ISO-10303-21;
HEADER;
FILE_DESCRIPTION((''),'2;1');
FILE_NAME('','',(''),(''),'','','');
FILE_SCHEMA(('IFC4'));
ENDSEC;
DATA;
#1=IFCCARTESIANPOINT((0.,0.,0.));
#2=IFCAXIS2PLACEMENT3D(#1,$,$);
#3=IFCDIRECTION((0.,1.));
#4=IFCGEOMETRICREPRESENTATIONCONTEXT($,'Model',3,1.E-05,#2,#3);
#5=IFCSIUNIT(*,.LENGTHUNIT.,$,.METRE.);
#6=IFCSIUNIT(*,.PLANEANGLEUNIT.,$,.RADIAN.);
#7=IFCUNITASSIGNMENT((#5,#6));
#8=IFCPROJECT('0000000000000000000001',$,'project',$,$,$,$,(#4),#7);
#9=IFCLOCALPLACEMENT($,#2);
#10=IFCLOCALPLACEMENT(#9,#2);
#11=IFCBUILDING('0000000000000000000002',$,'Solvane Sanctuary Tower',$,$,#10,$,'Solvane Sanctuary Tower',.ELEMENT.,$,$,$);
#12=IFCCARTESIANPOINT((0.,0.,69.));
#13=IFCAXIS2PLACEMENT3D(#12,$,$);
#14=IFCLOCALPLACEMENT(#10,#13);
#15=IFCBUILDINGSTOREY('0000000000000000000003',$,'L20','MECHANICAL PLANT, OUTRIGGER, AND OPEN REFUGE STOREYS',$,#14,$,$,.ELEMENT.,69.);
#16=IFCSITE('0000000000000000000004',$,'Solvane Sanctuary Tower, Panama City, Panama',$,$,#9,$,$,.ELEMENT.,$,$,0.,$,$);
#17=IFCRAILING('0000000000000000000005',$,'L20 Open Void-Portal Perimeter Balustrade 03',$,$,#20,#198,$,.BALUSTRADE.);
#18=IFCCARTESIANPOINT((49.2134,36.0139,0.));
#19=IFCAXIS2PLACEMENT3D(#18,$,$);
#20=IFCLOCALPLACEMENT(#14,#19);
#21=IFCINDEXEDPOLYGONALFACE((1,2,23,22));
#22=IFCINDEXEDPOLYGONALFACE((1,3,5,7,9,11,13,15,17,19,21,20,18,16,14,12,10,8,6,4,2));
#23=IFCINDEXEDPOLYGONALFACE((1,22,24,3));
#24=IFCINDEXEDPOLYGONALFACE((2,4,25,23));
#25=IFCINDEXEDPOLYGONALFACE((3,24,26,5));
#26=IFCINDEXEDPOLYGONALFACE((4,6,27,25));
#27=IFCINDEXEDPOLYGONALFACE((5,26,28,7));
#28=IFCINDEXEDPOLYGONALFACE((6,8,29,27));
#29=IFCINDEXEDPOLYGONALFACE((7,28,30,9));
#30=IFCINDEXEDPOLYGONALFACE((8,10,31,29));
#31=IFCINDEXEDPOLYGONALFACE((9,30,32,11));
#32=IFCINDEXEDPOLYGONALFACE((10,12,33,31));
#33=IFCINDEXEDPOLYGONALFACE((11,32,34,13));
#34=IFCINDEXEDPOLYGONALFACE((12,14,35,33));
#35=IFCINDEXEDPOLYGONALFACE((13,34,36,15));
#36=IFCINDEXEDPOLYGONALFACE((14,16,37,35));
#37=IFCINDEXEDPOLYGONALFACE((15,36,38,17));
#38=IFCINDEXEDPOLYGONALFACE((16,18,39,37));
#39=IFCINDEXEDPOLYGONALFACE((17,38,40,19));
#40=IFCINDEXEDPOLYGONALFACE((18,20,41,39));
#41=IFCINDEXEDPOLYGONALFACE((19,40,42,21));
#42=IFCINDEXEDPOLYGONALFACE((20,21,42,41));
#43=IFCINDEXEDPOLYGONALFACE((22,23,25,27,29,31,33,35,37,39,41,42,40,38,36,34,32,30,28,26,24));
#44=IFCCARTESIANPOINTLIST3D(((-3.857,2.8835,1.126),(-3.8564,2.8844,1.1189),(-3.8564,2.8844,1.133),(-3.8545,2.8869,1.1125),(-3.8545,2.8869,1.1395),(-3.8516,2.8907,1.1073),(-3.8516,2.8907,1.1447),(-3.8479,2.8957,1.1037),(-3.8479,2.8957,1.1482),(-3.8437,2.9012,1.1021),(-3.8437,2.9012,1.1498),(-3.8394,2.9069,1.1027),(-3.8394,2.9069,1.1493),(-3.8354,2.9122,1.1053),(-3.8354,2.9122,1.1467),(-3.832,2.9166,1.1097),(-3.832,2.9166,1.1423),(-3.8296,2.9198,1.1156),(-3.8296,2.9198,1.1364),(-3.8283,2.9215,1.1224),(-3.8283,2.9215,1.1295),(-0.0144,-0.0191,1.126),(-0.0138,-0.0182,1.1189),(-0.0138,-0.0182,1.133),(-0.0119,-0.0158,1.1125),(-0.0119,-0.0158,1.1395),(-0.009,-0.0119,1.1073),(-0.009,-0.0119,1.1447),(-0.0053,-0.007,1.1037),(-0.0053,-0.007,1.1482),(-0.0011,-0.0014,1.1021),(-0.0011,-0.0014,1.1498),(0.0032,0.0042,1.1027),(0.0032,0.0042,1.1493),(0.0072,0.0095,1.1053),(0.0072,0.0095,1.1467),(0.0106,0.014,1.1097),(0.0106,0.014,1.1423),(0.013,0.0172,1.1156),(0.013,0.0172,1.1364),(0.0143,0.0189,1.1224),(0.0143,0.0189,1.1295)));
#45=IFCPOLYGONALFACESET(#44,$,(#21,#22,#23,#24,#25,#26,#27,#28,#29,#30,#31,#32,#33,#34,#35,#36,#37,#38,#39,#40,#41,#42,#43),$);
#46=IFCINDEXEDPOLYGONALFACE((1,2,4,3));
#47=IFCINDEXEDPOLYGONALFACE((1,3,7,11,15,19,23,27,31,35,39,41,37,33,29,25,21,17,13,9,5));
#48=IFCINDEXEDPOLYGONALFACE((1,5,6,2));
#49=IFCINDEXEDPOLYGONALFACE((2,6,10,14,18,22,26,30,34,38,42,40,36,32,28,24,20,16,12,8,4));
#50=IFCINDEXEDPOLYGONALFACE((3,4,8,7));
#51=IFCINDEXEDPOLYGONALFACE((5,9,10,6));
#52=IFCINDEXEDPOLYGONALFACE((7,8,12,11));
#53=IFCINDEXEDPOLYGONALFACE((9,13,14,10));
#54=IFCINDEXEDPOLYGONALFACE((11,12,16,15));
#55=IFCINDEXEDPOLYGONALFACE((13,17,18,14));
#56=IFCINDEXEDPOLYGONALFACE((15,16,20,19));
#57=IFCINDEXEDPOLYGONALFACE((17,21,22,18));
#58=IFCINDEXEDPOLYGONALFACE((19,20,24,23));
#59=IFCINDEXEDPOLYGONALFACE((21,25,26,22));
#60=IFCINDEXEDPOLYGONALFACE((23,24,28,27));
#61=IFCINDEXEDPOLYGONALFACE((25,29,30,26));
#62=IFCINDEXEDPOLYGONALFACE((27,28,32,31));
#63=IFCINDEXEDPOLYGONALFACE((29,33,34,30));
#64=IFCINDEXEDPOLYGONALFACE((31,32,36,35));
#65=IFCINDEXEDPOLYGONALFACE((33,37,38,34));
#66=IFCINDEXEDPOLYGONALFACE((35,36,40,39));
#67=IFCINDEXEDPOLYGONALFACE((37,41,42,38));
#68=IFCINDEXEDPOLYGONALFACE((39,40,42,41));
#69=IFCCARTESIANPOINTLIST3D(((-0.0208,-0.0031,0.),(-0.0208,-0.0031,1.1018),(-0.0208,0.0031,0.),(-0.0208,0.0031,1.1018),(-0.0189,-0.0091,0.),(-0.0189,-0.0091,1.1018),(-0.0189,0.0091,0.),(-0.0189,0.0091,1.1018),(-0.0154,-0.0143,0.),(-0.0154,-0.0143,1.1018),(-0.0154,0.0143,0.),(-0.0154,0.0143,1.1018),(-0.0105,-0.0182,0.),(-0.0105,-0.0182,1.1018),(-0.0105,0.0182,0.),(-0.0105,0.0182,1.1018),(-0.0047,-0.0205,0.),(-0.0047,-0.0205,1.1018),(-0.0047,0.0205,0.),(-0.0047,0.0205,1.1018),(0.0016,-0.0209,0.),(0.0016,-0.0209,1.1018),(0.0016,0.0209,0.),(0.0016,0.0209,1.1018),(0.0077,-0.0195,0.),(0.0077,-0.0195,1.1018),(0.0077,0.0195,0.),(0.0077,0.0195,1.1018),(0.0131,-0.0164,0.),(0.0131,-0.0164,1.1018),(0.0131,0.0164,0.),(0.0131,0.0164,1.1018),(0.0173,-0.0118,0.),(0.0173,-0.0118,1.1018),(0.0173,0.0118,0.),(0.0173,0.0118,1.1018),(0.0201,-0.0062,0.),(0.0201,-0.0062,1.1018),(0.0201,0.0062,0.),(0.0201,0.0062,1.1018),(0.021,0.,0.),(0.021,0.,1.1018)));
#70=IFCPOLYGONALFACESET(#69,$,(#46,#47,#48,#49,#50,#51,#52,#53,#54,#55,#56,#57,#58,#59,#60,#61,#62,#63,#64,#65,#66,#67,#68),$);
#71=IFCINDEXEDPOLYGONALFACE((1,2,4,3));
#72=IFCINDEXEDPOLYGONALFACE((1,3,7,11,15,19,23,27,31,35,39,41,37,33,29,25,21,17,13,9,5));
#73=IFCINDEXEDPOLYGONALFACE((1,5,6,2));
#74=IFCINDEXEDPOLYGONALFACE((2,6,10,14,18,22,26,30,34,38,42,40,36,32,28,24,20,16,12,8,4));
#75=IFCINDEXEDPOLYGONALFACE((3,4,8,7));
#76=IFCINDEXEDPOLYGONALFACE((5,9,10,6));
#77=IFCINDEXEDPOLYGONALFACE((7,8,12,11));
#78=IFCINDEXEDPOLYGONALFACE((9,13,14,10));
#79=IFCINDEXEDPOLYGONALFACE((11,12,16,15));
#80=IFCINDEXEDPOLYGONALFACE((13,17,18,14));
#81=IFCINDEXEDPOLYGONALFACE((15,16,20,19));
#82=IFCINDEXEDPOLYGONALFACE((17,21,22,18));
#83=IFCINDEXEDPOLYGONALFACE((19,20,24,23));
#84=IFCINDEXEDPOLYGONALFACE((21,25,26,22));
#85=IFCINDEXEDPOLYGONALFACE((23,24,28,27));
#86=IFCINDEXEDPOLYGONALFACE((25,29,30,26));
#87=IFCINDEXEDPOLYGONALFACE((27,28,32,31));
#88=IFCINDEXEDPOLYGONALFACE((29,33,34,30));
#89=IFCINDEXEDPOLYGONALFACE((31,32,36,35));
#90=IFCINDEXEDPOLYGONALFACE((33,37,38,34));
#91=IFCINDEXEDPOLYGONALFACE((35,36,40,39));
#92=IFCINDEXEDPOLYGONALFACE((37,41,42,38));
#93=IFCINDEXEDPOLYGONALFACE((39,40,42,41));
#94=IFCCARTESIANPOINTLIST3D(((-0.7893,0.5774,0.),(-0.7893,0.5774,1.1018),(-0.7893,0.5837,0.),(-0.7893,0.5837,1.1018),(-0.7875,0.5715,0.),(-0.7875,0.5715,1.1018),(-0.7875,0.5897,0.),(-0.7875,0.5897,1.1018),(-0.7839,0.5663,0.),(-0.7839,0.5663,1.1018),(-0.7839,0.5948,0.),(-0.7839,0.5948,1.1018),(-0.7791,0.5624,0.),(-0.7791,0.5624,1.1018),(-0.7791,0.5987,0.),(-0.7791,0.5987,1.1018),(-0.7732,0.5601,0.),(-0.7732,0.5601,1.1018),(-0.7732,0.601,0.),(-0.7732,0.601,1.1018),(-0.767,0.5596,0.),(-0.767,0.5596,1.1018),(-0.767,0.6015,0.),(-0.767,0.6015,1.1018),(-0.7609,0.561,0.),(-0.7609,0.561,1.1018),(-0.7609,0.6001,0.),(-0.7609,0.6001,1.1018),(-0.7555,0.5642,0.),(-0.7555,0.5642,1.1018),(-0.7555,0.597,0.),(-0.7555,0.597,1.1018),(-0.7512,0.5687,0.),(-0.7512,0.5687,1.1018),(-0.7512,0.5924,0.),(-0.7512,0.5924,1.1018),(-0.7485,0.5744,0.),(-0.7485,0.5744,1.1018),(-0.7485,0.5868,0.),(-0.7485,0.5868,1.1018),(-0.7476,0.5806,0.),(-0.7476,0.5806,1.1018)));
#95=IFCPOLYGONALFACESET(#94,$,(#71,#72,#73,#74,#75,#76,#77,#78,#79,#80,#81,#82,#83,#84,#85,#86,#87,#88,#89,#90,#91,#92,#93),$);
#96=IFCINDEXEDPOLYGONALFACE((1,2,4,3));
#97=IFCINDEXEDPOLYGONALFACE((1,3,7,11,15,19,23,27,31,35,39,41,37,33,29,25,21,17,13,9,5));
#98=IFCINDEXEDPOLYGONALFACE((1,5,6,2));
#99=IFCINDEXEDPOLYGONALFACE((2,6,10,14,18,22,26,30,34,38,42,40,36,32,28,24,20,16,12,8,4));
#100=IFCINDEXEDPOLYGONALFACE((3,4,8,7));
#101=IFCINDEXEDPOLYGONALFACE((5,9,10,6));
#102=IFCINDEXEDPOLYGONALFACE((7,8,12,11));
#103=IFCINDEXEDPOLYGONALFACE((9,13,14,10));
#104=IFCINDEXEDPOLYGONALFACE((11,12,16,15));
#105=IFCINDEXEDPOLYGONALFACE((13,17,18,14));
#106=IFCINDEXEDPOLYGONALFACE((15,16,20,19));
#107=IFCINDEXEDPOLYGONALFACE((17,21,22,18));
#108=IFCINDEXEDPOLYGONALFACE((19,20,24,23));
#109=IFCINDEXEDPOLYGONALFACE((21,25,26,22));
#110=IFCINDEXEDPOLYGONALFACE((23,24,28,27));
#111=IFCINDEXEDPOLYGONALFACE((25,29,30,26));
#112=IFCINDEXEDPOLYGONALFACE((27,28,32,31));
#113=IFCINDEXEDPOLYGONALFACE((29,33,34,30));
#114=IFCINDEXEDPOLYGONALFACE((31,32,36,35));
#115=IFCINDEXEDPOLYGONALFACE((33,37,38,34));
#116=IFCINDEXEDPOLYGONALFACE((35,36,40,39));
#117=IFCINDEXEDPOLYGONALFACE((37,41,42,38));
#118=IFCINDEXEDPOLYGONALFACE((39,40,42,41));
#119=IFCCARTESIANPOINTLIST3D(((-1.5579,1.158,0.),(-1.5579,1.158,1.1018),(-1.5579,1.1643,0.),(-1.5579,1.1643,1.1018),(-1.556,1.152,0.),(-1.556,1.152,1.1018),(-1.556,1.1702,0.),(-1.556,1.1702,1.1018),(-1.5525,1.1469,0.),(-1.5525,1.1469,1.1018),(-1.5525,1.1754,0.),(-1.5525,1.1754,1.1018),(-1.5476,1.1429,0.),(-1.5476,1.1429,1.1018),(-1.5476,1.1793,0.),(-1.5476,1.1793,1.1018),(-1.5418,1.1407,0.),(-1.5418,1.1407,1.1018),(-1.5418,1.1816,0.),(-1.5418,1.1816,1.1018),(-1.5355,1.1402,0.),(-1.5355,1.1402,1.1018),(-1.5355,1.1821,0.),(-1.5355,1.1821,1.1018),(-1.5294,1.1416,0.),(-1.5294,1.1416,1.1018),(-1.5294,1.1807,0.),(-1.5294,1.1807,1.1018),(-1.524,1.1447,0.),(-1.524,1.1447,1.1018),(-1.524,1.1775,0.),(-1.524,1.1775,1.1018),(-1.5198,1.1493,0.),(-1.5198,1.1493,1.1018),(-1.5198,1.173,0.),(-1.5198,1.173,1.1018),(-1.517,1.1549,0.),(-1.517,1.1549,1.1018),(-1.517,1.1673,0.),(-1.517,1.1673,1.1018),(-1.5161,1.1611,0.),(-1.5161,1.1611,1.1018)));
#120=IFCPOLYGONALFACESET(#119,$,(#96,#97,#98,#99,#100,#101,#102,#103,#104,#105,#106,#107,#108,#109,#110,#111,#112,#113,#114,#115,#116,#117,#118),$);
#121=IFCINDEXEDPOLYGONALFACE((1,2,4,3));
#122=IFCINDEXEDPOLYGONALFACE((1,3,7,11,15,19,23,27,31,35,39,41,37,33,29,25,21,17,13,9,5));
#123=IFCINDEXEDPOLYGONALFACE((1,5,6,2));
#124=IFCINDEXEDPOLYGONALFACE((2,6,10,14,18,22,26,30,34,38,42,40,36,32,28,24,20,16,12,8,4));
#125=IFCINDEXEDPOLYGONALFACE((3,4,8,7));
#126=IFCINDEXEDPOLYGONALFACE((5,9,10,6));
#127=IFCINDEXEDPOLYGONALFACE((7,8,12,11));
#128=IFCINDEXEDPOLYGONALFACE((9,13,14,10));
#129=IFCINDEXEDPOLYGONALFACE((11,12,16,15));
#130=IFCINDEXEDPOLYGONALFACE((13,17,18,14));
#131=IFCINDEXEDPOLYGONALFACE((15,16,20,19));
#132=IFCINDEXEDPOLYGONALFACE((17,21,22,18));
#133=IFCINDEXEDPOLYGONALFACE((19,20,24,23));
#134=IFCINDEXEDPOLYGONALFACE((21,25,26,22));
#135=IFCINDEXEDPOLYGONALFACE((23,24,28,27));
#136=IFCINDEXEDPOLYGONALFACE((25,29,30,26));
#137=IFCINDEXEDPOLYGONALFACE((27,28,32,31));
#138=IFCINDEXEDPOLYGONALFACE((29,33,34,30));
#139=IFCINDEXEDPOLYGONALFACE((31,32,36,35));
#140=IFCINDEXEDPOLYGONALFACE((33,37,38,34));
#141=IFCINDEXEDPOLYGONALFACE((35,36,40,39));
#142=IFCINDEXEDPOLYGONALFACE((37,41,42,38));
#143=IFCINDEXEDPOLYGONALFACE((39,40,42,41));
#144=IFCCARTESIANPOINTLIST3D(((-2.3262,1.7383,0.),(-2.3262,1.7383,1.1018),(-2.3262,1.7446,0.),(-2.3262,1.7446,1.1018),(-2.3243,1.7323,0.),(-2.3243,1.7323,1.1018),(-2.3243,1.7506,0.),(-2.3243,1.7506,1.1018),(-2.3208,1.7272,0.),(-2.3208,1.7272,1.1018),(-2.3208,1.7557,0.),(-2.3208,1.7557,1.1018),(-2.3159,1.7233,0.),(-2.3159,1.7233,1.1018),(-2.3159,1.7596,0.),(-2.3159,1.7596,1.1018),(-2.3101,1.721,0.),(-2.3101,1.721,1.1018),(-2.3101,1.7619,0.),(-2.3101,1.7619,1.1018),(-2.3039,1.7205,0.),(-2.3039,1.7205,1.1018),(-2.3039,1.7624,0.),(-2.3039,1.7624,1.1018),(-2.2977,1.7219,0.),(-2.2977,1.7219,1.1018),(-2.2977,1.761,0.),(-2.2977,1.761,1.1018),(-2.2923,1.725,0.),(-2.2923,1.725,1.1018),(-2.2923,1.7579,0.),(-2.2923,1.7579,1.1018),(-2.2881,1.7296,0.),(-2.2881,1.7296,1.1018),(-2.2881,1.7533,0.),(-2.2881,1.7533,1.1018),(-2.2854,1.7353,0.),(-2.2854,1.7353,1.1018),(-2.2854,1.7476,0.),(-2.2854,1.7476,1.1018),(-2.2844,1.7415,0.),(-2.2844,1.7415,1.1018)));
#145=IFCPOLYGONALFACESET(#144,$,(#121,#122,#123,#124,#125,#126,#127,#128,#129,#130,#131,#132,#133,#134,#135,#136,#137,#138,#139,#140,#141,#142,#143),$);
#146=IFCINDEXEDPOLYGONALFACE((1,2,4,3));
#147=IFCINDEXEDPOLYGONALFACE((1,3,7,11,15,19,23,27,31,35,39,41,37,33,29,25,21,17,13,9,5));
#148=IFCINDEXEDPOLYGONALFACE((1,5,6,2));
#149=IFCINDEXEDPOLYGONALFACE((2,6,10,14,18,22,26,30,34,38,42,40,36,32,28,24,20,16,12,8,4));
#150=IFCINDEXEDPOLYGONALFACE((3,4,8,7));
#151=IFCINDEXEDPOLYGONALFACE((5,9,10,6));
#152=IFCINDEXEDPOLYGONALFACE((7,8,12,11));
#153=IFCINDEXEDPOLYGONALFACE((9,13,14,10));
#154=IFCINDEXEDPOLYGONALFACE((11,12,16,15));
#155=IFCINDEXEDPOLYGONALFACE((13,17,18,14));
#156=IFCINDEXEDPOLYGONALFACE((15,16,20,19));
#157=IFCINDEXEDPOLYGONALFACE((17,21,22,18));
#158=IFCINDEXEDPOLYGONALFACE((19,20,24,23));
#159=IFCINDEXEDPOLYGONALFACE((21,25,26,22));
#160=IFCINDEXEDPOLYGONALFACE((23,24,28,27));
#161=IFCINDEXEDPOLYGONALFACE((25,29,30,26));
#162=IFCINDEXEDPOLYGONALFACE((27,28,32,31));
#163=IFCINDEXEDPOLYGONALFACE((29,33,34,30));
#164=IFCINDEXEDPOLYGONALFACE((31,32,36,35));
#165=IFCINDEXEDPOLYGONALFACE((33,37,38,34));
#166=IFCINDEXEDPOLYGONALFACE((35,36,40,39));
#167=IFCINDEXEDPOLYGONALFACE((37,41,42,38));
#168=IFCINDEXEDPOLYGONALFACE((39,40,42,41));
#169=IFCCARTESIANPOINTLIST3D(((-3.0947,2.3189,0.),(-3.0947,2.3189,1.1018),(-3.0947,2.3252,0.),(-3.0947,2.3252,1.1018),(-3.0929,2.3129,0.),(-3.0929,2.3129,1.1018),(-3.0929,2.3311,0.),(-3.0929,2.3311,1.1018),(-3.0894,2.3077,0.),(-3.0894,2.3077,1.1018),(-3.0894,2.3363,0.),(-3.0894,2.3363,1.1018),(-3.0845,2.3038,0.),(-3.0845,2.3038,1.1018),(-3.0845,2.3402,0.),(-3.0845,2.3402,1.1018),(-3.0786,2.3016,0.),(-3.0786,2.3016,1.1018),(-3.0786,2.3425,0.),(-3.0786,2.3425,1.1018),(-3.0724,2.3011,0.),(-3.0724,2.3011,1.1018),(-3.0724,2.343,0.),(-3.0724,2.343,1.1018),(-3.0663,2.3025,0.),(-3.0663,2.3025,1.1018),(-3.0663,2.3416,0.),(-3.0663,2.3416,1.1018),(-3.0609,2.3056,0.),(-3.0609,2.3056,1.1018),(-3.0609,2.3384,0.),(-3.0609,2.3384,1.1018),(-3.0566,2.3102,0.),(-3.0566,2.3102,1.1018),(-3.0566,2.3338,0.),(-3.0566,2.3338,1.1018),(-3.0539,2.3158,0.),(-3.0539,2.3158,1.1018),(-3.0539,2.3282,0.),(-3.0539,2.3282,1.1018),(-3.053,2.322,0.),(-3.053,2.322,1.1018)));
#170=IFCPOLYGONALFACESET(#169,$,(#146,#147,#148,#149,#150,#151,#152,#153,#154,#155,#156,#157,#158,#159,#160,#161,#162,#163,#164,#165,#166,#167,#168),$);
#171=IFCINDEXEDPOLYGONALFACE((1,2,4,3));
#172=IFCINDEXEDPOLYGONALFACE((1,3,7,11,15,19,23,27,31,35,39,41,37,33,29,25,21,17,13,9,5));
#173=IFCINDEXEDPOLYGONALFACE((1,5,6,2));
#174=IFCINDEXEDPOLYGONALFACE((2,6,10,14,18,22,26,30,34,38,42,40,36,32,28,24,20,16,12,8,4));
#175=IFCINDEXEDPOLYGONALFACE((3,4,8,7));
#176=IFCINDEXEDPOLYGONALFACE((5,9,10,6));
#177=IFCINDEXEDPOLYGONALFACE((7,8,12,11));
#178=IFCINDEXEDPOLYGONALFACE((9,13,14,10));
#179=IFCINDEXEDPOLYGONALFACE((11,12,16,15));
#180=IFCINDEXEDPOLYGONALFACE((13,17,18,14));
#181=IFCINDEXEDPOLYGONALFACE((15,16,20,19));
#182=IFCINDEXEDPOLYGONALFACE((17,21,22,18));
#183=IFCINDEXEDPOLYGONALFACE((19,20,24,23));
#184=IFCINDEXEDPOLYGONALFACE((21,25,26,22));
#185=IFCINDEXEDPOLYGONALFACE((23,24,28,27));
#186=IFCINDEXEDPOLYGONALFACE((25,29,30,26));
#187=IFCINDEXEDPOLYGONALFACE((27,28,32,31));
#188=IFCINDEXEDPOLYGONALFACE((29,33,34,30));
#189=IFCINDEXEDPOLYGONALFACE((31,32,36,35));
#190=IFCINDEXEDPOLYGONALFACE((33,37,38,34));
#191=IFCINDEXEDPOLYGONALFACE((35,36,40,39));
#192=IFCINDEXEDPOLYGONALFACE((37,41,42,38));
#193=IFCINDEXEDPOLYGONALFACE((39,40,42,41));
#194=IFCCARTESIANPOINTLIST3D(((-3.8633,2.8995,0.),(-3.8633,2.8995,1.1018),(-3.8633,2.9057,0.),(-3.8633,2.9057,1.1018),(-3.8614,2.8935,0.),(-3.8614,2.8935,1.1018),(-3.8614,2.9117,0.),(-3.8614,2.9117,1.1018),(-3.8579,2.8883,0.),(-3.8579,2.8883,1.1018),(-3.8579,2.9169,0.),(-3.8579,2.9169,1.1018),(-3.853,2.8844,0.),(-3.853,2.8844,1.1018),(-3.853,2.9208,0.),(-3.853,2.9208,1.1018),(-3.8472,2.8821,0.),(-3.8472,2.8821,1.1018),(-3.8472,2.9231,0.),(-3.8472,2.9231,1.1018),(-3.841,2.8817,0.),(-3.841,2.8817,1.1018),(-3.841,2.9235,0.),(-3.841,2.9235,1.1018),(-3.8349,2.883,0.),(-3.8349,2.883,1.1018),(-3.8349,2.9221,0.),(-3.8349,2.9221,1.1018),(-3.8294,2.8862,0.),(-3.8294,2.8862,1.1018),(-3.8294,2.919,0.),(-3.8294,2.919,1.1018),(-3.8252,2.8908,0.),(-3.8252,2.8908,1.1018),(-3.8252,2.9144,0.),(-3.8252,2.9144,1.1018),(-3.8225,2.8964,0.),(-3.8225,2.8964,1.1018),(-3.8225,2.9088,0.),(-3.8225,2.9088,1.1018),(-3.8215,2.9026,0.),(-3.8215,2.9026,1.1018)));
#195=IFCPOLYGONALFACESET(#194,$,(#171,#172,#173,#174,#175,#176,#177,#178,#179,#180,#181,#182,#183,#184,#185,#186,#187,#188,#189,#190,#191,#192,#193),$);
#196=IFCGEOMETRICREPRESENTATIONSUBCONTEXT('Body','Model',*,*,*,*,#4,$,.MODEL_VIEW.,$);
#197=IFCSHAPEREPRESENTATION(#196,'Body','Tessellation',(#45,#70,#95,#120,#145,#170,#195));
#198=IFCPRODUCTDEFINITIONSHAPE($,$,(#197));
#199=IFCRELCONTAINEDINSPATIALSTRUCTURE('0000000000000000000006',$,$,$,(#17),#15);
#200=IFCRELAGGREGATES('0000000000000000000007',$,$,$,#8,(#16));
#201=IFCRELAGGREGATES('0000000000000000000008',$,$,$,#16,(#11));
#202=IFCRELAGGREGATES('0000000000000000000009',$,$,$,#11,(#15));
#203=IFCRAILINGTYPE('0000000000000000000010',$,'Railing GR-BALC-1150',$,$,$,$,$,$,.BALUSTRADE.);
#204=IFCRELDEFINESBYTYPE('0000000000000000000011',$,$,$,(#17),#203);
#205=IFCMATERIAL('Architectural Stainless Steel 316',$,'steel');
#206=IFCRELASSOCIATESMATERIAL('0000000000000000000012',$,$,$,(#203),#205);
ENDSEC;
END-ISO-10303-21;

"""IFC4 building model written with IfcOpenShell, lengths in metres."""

from ifc_helpers import new_model, si_unit, direction, frame, origin, origin_2d, place, context, subcontext, project, spatial, circle, extrude, material, type_object, element, save


model = new_model("IFC4")

# Units and contexts
model_context = context("Model", 3, precision=1e-05, world=origin(), true_north=direction((0.0, 1.0)))
body_context = subcontext(model_context, "Body", "Model", "MODEL_VIEW")
ifc_project = project(units=[si_unit("LENGTHUNIT", "METRE"), si_unit("PLANEANGLEUNIT", "RADIAN")], contexts=[model_context])

# Site, building, storey
site_placement = place(None, origin())
site = spatial("IfcSite", under=ifc_project, at=site_placement, Name="Solvane Sanctuary Tower, Panama City, Panama", CompositionType="ELEMENT", RefElevation=0.0)
building_placement = place(site_placement, origin())
building = spatial("IfcBuilding", under=site, at=building_placement, Name="Solvane Sanctuary Tower", LongName="Solvane Sanctuary Tower", CompositionType="ELEMENT")
storey_placement = place(building_placement, frame((0.0, 0.0, 69.0)))
storey = spatial("IfcBuildingStorey", under=building, at=storey_placement, Name="L20", Description="MECHANICAL PLANT, OUTRIGGER, AND OPEN REFUGE STOREYS", CompositionType="ELEMENT", Elevation=69.0)

# Shared definitions
ifc_material_1 = material(Name="Architectural Stainless Steel 316", Category="steel")

# Railing
railing_type_1 = type_object("IfcRailingType", Name="Railing GR-BALC-1150", PredefinedType="BALUSTRADE", material=ifc_material_1)
railing_1_placement = place(storey_placement, frame((49.2134, 36.0139, 0.0)))
element("IfcRailing", 1, at=railing_1_placement, inside=storey, type_object=railing_type_1, Name="L20 Open Void-Portal Perimeter Balustrade 03", PredefinedType="BALUSTRADE", context=body_context, shape_type="SweptSolid", body=[
    extrude(circle(Radius=0.0239, at=origin_2d()), frame((0.0, 0.0, 1.126), z_axis=(-0.797933, 0.602746, 0.0), x_axis=(-0.602746, -0.797933, 0.0)), (0.0, 0.0, 1.0), 4.8157),
    extrude(circle(Radius=0.021, at=origin_2d()), origin(), (0.0, 0.0, 1.0), 1.1018),
    extrude(circle(Radius=0.021, at=origin_2d()), frame((-0.7686, 0.5806, 0.0)), (0.0, 0.0, 1.0), 1.1018),
    extrude(circle(Radius=0.021, at=origin_2d()), frame((-1.5371, 1.1611, 0.0)), (0.0, 0.0, 1.0), 1.1018),
    extrude(circle(Radius=0.021, at=origin_2d()), frame((-2.3054, 1.7415, 0.0)), (0.0, 0.0, 1.0), 1.1018),
    extrude(circle(Radius=0.021, at=origin_2d()), frame((-3.074, 2.322, 0.0)), (0.0, 0.0, 1.0), 1.1018),
    extrude(circle(Radius=0.021, at=origin_2d()), frame((-3.8425, 2.9026, 0.0)), (0.0, 0.0, 1.0), 1.1018),
])

save(model, "model.ifc")
